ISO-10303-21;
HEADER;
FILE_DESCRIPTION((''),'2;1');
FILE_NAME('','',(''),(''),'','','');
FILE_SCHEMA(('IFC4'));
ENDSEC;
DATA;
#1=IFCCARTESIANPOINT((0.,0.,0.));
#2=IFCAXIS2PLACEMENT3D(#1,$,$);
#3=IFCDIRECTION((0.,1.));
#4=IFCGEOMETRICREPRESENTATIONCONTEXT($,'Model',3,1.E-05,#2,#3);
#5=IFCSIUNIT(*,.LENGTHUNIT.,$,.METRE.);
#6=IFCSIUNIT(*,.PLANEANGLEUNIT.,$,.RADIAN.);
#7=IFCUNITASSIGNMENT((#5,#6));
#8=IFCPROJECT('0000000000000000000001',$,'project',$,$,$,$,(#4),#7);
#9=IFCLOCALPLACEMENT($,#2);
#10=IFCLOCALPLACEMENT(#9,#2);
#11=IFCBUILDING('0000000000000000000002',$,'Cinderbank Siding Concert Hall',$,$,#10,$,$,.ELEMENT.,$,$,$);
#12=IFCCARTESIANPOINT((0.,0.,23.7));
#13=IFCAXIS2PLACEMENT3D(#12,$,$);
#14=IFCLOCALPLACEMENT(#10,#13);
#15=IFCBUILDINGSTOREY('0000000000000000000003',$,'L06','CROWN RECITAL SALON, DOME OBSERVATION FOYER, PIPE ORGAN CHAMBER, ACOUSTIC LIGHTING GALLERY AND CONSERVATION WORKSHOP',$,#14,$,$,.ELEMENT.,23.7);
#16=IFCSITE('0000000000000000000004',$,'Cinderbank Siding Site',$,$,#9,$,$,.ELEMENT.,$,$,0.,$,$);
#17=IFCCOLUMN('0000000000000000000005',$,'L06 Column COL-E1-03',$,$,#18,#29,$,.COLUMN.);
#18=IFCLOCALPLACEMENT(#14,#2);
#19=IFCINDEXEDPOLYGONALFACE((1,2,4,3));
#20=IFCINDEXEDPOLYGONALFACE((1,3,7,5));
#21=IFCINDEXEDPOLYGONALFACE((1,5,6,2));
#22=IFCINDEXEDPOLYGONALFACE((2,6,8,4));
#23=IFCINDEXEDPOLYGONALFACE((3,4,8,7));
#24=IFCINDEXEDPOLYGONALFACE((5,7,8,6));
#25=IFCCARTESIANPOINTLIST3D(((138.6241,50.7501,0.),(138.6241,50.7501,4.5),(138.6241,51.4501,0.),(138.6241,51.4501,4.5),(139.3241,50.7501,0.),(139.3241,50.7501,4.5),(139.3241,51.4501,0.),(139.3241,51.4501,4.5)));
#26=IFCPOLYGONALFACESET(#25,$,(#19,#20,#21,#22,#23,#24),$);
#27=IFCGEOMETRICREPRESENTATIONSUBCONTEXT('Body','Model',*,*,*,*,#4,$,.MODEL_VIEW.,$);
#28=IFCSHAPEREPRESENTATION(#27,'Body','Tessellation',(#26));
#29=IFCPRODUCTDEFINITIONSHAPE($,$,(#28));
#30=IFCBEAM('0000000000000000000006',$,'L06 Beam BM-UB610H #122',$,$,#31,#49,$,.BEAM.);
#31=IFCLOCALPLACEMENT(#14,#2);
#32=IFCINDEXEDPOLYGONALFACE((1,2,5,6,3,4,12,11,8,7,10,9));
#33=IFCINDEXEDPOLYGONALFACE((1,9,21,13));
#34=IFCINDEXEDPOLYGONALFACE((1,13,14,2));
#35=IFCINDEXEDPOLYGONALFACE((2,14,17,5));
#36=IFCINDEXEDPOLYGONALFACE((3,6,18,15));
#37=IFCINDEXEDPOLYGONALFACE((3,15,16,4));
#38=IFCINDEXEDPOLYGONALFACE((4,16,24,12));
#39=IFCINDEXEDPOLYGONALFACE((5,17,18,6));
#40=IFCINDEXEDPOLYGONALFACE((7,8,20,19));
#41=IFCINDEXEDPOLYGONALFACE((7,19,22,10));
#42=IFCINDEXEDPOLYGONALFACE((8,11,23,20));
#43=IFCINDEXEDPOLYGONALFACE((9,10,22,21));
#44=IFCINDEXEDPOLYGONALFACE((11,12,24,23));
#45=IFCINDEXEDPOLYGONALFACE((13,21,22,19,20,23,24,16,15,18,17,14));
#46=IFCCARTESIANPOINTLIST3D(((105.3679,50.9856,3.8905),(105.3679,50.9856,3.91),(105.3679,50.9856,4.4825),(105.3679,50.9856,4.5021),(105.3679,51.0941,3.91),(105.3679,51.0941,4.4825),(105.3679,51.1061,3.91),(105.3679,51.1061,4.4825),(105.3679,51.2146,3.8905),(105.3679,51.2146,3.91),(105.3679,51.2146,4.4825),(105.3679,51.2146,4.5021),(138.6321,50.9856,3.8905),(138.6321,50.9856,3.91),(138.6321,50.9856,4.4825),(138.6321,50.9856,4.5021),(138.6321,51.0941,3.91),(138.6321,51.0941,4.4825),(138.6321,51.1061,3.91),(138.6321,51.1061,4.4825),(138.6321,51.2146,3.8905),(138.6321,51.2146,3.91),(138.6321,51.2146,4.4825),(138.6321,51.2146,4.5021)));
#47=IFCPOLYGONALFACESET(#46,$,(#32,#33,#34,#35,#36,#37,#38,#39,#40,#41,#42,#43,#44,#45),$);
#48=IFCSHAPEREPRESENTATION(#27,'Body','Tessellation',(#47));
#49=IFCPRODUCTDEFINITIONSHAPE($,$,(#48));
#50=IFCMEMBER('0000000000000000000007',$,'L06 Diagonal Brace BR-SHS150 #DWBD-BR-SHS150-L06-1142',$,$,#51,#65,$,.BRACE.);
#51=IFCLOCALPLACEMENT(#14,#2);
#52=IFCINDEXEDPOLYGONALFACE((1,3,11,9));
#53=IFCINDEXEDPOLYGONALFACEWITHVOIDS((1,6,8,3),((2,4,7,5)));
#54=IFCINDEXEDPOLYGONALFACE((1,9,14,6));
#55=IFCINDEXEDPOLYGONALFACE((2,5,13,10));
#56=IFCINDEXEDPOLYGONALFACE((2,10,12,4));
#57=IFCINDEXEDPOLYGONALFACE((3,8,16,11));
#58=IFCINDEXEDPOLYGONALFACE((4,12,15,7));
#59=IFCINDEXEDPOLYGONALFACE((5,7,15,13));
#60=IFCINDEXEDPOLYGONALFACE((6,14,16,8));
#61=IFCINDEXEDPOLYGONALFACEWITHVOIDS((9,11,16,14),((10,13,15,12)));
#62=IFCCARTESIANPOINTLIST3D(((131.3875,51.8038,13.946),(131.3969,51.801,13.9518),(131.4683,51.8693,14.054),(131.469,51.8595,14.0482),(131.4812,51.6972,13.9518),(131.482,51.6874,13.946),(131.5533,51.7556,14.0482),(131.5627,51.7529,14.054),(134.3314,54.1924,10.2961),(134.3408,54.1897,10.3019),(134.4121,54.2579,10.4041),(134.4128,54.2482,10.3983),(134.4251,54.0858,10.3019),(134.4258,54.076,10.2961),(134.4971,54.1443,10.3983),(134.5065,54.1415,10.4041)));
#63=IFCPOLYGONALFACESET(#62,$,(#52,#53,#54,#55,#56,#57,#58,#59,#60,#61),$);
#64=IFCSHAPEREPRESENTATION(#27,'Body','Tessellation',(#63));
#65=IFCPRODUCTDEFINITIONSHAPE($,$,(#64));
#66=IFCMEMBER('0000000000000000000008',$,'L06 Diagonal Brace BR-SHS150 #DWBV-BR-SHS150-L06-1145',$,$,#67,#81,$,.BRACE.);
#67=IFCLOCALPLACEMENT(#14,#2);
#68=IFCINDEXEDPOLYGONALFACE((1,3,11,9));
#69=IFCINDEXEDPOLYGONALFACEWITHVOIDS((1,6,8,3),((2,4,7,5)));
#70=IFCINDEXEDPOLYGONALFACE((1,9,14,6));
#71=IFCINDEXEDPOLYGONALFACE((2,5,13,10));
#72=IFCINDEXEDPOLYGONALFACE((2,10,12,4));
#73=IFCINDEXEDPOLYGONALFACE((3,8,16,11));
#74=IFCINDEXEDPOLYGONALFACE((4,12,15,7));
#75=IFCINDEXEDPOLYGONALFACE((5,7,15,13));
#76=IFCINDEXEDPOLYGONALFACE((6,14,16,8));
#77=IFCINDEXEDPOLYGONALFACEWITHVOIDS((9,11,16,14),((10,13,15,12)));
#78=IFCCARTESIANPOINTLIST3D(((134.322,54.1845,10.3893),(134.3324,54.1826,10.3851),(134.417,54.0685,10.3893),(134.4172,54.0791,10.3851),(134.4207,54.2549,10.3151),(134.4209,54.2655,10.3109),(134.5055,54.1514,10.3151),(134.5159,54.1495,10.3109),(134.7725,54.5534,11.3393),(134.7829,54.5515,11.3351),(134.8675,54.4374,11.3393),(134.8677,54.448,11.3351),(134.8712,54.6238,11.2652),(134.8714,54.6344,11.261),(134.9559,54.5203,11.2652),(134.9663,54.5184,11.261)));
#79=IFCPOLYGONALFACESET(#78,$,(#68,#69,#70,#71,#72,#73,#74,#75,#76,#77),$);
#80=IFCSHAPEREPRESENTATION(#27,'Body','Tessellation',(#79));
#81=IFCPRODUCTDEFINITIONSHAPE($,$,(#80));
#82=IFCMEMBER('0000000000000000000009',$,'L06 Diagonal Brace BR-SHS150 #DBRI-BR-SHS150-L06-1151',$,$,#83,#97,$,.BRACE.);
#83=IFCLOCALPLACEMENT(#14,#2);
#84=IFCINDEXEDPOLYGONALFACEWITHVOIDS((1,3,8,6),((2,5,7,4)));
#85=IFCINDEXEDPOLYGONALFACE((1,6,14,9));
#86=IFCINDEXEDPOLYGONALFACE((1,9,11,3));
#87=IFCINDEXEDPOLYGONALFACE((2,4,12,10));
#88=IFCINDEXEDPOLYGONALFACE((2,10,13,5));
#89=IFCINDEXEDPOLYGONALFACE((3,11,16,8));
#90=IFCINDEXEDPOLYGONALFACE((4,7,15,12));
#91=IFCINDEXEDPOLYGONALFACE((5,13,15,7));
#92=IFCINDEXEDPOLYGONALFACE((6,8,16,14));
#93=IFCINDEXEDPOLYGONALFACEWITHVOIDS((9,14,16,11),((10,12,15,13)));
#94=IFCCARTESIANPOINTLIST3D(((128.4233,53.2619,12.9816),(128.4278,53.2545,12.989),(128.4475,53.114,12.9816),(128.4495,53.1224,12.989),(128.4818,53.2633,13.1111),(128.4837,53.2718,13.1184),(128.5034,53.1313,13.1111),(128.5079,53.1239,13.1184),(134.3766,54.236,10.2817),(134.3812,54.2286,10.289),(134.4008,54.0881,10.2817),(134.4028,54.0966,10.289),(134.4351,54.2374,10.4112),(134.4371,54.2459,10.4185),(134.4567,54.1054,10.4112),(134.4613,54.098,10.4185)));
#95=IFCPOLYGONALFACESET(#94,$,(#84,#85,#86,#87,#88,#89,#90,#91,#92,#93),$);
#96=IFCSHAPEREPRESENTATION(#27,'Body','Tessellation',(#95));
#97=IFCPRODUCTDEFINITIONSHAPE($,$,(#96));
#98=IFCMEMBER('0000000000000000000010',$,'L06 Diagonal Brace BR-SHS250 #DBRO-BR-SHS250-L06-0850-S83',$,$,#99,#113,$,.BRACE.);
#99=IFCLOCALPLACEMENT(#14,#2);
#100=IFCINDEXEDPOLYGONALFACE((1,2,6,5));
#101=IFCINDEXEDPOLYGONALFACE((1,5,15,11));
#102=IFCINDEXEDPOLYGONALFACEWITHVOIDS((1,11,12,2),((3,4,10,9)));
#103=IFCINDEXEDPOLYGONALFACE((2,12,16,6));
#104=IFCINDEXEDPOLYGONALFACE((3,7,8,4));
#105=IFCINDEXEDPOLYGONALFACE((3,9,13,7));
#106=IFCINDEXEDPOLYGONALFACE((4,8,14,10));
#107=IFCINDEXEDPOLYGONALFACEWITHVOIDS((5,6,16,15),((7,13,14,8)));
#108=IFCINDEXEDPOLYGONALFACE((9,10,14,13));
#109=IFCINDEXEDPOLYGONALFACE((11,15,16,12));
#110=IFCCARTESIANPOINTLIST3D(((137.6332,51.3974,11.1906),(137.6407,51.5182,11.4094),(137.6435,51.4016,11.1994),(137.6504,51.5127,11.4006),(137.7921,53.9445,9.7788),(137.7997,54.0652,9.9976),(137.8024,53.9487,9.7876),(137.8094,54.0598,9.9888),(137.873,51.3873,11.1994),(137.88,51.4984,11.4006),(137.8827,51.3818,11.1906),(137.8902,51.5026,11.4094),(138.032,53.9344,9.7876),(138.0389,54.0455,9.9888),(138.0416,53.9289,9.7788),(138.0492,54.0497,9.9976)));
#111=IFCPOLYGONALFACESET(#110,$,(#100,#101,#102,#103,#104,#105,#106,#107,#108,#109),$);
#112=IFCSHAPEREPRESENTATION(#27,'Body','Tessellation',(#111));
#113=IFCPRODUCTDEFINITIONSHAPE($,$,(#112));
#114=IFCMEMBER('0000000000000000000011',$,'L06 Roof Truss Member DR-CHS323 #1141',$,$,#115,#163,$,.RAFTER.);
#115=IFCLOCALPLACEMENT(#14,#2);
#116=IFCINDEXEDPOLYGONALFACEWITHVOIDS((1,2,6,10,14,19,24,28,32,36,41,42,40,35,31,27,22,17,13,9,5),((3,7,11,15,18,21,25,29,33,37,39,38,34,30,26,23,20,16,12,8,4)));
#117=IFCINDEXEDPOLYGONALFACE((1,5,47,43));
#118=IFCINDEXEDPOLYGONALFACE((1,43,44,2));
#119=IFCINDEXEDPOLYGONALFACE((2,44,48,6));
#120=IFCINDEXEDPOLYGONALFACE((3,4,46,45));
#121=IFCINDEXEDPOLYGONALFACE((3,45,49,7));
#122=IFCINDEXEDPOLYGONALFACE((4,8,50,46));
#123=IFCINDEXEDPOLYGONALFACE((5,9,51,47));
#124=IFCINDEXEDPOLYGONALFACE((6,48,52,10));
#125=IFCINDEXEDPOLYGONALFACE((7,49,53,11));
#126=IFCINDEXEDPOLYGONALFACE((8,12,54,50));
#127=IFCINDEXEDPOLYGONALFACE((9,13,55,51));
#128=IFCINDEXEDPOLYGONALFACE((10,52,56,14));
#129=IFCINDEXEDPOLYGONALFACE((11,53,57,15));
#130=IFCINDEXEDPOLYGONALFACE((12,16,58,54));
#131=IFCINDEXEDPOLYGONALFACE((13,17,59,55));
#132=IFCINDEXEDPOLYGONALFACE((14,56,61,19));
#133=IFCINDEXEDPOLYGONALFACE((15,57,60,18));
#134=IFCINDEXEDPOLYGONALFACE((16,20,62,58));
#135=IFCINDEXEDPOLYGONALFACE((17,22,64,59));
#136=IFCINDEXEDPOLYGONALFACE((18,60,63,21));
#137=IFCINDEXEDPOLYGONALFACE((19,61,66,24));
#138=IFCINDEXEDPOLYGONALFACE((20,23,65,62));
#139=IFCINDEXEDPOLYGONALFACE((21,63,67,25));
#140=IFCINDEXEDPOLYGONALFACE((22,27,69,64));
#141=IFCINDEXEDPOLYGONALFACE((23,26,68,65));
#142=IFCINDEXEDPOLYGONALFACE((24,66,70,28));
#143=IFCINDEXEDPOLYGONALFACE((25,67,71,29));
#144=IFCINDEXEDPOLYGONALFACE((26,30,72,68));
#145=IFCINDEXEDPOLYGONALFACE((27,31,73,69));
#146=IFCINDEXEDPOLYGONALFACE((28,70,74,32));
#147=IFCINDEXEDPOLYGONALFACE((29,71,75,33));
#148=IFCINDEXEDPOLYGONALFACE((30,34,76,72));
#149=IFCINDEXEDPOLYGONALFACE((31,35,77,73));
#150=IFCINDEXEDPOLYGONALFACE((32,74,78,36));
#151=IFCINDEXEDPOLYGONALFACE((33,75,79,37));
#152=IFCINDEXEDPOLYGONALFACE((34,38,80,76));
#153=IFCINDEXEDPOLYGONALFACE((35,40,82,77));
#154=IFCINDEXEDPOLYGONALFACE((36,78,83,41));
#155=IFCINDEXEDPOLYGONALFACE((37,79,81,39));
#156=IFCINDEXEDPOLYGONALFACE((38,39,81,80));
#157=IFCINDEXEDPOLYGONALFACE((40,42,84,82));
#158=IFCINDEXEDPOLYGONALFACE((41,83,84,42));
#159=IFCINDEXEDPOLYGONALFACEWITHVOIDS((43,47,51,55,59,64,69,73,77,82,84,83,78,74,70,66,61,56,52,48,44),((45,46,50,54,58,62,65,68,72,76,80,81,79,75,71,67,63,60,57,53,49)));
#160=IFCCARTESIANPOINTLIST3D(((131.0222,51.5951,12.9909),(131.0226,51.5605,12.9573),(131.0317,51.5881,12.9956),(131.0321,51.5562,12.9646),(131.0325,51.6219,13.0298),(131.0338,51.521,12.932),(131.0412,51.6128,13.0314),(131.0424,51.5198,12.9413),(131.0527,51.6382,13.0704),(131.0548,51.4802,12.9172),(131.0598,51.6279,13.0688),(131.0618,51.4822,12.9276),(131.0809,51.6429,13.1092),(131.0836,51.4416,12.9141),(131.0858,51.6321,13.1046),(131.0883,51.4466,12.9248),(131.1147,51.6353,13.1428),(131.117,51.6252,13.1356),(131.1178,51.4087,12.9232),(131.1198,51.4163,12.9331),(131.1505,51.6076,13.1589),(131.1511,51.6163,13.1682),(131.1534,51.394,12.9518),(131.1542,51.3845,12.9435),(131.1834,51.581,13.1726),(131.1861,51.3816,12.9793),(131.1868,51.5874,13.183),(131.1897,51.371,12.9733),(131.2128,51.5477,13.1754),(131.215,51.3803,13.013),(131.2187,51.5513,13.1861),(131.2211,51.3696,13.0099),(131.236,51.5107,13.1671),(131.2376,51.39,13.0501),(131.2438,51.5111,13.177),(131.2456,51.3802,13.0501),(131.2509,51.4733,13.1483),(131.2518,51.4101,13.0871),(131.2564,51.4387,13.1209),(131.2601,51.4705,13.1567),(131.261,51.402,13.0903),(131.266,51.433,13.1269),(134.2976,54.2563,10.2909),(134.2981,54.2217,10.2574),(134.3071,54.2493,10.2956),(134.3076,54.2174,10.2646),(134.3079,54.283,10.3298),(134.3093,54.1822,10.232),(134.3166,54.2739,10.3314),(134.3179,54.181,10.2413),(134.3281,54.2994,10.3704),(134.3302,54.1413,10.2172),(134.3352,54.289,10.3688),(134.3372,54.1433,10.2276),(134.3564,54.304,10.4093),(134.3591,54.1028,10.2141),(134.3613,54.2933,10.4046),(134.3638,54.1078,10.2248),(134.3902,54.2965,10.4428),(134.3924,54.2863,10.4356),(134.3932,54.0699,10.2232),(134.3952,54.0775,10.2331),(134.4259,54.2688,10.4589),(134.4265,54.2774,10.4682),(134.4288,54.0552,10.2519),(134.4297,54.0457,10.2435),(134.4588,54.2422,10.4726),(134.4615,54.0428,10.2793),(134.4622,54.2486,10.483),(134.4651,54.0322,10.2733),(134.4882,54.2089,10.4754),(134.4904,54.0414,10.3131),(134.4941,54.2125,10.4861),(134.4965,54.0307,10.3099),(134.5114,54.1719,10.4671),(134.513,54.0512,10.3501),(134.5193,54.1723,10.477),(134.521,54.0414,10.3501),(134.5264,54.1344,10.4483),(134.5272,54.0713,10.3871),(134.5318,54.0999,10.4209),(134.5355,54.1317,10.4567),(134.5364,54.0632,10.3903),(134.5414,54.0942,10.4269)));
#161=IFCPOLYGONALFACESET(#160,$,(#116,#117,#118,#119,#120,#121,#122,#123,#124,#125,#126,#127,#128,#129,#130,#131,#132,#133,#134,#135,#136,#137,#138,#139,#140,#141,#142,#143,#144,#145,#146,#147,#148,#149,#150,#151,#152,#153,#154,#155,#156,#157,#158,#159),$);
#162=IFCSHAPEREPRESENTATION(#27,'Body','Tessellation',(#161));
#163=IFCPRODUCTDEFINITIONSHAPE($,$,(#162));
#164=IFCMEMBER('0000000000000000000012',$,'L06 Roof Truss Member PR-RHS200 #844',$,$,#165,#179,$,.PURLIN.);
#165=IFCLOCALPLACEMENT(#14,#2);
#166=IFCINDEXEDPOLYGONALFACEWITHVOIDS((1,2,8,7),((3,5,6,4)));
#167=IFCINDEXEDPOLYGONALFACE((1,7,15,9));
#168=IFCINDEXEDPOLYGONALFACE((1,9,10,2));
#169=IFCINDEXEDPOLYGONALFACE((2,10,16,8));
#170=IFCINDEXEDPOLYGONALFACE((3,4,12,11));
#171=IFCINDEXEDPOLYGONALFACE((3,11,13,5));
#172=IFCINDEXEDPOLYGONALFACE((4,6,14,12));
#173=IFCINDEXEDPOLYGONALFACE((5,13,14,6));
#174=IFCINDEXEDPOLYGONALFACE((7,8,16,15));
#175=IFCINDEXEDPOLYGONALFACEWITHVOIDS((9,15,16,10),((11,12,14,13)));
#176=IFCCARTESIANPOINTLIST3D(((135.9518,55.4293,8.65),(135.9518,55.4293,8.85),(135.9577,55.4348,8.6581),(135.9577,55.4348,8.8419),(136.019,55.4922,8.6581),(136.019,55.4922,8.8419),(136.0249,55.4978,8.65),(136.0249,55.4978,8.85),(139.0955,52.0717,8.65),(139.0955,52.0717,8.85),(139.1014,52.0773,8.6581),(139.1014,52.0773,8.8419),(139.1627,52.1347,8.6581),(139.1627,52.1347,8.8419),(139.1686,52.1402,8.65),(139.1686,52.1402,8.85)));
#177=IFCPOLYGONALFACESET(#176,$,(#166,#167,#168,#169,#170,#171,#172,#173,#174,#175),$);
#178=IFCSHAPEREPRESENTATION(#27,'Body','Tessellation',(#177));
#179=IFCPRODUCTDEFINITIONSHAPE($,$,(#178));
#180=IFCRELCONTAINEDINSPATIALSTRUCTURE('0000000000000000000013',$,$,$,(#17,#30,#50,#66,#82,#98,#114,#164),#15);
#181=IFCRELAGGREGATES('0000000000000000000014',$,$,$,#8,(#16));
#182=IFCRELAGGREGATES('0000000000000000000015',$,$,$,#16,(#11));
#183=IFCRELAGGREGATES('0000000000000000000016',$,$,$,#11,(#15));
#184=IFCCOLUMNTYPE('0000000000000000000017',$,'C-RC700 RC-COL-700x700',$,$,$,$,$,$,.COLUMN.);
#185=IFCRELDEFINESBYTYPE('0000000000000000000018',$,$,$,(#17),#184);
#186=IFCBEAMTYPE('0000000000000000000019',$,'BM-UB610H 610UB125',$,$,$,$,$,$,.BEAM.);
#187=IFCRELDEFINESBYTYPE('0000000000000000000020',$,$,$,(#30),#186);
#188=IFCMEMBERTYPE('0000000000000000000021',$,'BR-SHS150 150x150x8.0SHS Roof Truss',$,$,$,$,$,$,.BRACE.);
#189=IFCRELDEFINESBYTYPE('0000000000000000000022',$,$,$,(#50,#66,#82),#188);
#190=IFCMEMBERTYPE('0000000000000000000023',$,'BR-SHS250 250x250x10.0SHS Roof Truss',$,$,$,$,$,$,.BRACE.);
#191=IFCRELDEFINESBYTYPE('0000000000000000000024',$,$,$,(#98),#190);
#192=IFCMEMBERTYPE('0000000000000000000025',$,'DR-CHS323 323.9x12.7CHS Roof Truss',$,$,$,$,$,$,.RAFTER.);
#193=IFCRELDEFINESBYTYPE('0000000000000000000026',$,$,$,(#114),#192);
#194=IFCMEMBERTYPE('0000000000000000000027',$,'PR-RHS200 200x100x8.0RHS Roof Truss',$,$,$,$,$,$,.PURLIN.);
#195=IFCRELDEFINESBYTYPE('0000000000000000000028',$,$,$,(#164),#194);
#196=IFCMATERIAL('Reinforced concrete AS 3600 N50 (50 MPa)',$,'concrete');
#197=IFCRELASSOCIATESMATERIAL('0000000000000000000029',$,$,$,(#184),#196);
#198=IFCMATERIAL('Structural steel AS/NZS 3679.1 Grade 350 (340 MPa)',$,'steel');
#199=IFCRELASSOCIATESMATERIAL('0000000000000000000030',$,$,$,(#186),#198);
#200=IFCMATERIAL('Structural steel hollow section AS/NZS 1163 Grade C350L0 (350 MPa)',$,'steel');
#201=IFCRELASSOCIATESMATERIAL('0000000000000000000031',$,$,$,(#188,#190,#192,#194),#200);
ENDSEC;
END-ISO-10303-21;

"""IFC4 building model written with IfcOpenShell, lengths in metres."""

from ifc_helpers import new_model, si_unit, direction, frame, origin, origin_2d, place, context, subcontext, project, spatial, rectangle, hollow_rectangle, hollow_circle, i_section, extrude, material, material_profile, profile_set, type_object, element, save


model = new_model("IFC4")

# Units and contexts
model_context = context("Model", 3, precision=1e-05, world=origin(), true_north=direction((0.0, 1.0)))
body_context = subcontext(model_context, "Body", "Model", "MODEL_VIEW")
ifc_project = project(units=[si_unit("LENGTHUNIT", "METRE"), si_unit("PLANEANGLEUNIT", "RADIAN")], contexts=[model_context])

# Site, building, storey
site_placement = place(None, origin())
site = spatial("IfcSite", under=ifc_project, at=site_placement, Name="Cinderbank Siding Site", CompositionType="ELEMENT", RefElevation=0.0)
building_placement = place(site_placement, origin())
building = spatial("IfcBuilding", under=site, at=building_placement, Name="Cinderbank Siding Concert Hall", CompositionType="ELEMENT")
storey_placement = place(building_placement, frame((0.0, 0.0, 23.7)))
storey = spatial("IfcBuildingStorey", under=building, at=storey_placement, Name="L06", Description="CROWN RECITAL SALON, DOME OBSERVATION FOYER, PIPE ORGAN CHAMBER, ACOUSTIC LIGHTING GALLERY AND CONSERVATION WORKSHOP", CompositionType="ELEMENT", Elevation=23.7)

# Column
ifc_material_1 = material(Name="Reinforced concrete AS 3600 N50 (50 MPa)", Category="concrete")
ifc_material_profile_1 = material_profile(ifc_material_1, rectangle(XDim=0.7, YDim=0.7, at=origin_2d()), Name="RC-COL-700x700", Category="LoadBearing")
ifc_profile_set_1 = profile_set([ifc_material_profile_1], Name="Reinforced concrete AS 3600 N50 (50 MPa)")
column_type = type_object("IfcColumnType", Name="C-RC700 RC-COL-700x700", PredefinedType="COLUMN", material=ifc_profile_set_1)
column_placement = place(storey_placement, frame((138.9741, 51.1001, 0.0), z_axis=(0.0, 0.0, 1.0), x_axis=(1.0, 0.0, 0.0)))
element("IfcColumn", 1, at=column_placement, inside=storey, type_object=column_type, Name="L06 Column COL-E1-03", PredefinedType="COLUMN", context=body_context, shape_type="SweptSolid", body=[
    extrude(rectangle(XDim=0.7, YDim=0.7, at=origin_2d()), origin(), (0.0, 0.0, 1.0), 4.5),
])

# Beam
ifc_material_2 = material(Name="Structural steel AS/NZS 3679.1 Grade 350 (340 MPa)", Category="steel")
ifc_material_profile_2 = material_profile(ifc_material_2, i_section(OverallWidth=0.229, OverallDepth=0.6116, WebThickness=0.012, FlangeThickness=0.0195, at=origin_2d()), Name="610UB125", Category="LoadBearing")
ifc_profile_set_2 = profile_set([ifc_material_profile_2], Name="Structural steel AS/NZS 3679.1 Grade 350 (340 MPa)")
beam_type = type_object("IfcBeamType", Name="BM-UB610H 610UB125", PredefinedType="BEAM", material=ifc_profile_set_2)
beam_placement = place(storey_placement, frame((138.6321, 51.1001, 4.1963), z_axis=(-1.0, 0.0, 0.0), x_axis=(0.0, -1.0, 0.0)))
element("IfcBeam", 2, at=beam_placement, inside=storey, type_object=beam_type, Name="L06 Beam BM-UB610H #122", PredefinedType="BEAM", context=body_context, shape_type="SweptSolid", body=[
    extrude(i_section(OverallWidth=0.229, OverallDepth=0.6116, WebThickness=0.012, FlangeThickness=0.0195, at=origin_2d()), origin(), (0.0, 0.0, 1.0), 33.2642),
])

# Members
ifc_material_3 = material(Name="Structural steel hollow section AS/NZS 1163 Grade C350L0 (350 MPa)", Category="steel")
ifc_material_profile_3 = material_profile(ifc_material_3, hollow_rectangle(XDim=0.1499, YDim=0.1499, WallThickness=0.0081, at=origin_2d()), Name="150x150x8.0SHS", Category="LoadBearing")
ifc_profile_set_3 = profile_set([ifc_material_profile_3], Name="Structural steel hollow section AS/NZS 1163 Grade C350L0 (350 MPa)")
member_type_1 = type_object("IfcMemberType", Name="BR-SHS150 150x150x8.0SHS Roof Truss", PredefinedType="BRACE", material=ifc_profile_set_3)
member_1_placement = place(storey_placement, frame((134.4189, 54.167, 10.3501), z_axis=(-0.559402, -0.453905, 0.69357), x_axis=(0.630083, -0.776528, 0.0)))
element("IfcMember", 3, at=member_1_placement, inside=storey, type_object=member_type_1, Name="L06 Diagonal Brace BR-SHS150 #DWBD-BR-SHS150-L06-1142", PredefinedType="BRACE", context=body_context, shape_type="SweptSolid", body=[
    extrude(hollow_rectangle(XDim=0.1499, YDim=0.1499, WallThickness=0.0081, at=origin_2d()), origin(), (0.0, 0.0, 1.0), 5.2625),
])
member_2_placement = place(storey_placement, frame((134.4189, 54.167, 10.3501), z_axis=(0.40428, 0.331094, 0.852604), x_axis=(-0.633603, 0.773658, 0.0)))
element("IfcMember", 4, at=member_2_placement, inside=storey, type_object=member_type_1, Name="L06 Diagonal Brace BR-SHS150 #DWBV-BR-SHS150-L06-1145", PredefinedType="BRACE", context=body_context, shape_type="SweptSolid", body=[
    extrude(hollow_rectangle(XDim=0.1499, YDim=0.1499, WallThickness=0.0081, at=origin_2d()), origin(), (0.0, 0.0, 1.0), 1.1143),
])
member_3_placement = place(storey_placement, frame((134.4189, 54.167, 10.3501), z_axis=(-0.900773, -0.147389, 0.408515), x_axis=(0.161478, -0.986876, 0.0)))
element("IfcMember", 5, at=member_3_placement, inside=storey, type_object=member_type_1, Name="L06 Diagonal Brace BR-SHS150 #DBRI-BR-SHS150-L06-1151", PredefinedType="BRACE", context=body_context, shape_type="SweptSolid", body=[
    extrude(hollow_rectangle(XDim=0.1499, YDim=0.1499, WallThickness=0.0081, at=origin_2d()), origin(), (0.0, 0.0, 1.0), 6.6091),
])
ifc_material_profile_4 = material_profile(ifc_material_3, hollow_rectangle(XDim=0.25, YDim=0.25, WallThickness=0.01, at=origin_2d()), Name="250x250x10.0SHS", Category="LoadBearing")
ifc_profile_set_4 = profile_set([ifc_material_profile_4], Name="Structural steel hollow section AS/NZS 1163 Grade C350L0 (350 MPa)")
member_type_2 = type_object("IfcMemberType", Name="BR-SHS250 250x250x10.0SHS Roof Truss", PredefinedType="BRACE", material=ifc_profile_set_4)
member_4_placement = place(storey_placement, frame((137.9207, 53.9971, 9.8882), z_axis=(-0.054494, -0.873324, 0.484082), x_axis=(0.998059, -0.062277, 0.0)))
element("IfcMember", 6, at=member_4_placement, inside=storey, type_object=member_type_2, Name="L06 Diagonal Brace BR-SHS250 #DBRO-BR-SHS250-L06-0850-S83", PredefinedType="BRACE", context=body_context, shape_type="SweptSolid", body=[
    extrude(hollow_rectangle(XDim=0.25, YDim=0.25, WallThickness=0.01, at=origin_2d()), origin(), (0.0, 0.0, 1.0), 2.9165),
])
ifc_material_profile_5 = material_profile(ifc_material_3, hollow_circle(Radius=0.1619, WallThickness=0.0127, at=origin_2d()), Name="323.9x12.7CHS", Category="LoadBearing")
ifc_profile_set_5 = profile_set([ifc_material_profile_5], Name="Structural steel hollow section AS/NZS 1163 Grade C350L0 (350 MPa)")
member_type_3 = type_object("IfcMemberType", Name="DR-CHS323 323.9x12.7CHS Roof Truss", PredefinedType="RAFTER", material=ifc_profile_set_5)
member_5_placement = place(storey_placement, frame((134.4189, 54.167, 10.3501), z_axis=(-0.653778, -0.53117, 0.538918), x_axis=(0.630575, -0.776128, 0.0)))
element("IfcMember", 7, at=member_5_placement, inside=storey, type_object=member_type_3, Name="L06 Roof Truss Member DR-CHS323 #1141", PredefinedType="RAFTER", context=body_context, shape_type="SweptSolid", body=[
    extrude(hollow_circle(Radius=0.1619, WallThickness=0.0127, at=origin_2d()), origin(), (0.0, 0.0, 1.0), 5.01),
])
ifc_material_profile_6 = material_profile(ifc_material_3, hollow_rectangle(XDim=0.1001, YDim=0.2, WallThickness=0.0081, at=origin_2d()), Name="200x100x8.0RHS", Category="LoadBearing")
ifc_profile_set_6 = profile_set([ifc_material_profile_6], Name="Structural steel hollow section AS/NZS 1163 Grade C350L0 (350 MPa)")
member_type_4 = type_object("IfcMemberType", Name="PR-RHS200 200x100x8.0RHS Roof Truss", PredefinedType="PURLIN", material=ifc_profile_set_6)
member_6_placement = place(storey_placement, frame((139.1321, 52.106, 8.75), z_axis=(-0.683477, 0.729972, 0.0), x_axis=(-0.729972, -0.683477, 0.0)))
element("IfcMember", 8, at=member_6_placement, inside=storey, type_object=member_type_4, Name="L06 Roof Truss Member PR-RHS200 #844", PredefinedType="PURLIN", context=body_context, shape_type="SweptSolid", body=[
    extrude(hollow_rectangle(XDim=0.1001, YDim=0.2, WallThickness=0.0081, at=origin_2d()), origin(), (0.0, 0.0, 1.0), 4.5996),
])

save(model, "model.ifc")
